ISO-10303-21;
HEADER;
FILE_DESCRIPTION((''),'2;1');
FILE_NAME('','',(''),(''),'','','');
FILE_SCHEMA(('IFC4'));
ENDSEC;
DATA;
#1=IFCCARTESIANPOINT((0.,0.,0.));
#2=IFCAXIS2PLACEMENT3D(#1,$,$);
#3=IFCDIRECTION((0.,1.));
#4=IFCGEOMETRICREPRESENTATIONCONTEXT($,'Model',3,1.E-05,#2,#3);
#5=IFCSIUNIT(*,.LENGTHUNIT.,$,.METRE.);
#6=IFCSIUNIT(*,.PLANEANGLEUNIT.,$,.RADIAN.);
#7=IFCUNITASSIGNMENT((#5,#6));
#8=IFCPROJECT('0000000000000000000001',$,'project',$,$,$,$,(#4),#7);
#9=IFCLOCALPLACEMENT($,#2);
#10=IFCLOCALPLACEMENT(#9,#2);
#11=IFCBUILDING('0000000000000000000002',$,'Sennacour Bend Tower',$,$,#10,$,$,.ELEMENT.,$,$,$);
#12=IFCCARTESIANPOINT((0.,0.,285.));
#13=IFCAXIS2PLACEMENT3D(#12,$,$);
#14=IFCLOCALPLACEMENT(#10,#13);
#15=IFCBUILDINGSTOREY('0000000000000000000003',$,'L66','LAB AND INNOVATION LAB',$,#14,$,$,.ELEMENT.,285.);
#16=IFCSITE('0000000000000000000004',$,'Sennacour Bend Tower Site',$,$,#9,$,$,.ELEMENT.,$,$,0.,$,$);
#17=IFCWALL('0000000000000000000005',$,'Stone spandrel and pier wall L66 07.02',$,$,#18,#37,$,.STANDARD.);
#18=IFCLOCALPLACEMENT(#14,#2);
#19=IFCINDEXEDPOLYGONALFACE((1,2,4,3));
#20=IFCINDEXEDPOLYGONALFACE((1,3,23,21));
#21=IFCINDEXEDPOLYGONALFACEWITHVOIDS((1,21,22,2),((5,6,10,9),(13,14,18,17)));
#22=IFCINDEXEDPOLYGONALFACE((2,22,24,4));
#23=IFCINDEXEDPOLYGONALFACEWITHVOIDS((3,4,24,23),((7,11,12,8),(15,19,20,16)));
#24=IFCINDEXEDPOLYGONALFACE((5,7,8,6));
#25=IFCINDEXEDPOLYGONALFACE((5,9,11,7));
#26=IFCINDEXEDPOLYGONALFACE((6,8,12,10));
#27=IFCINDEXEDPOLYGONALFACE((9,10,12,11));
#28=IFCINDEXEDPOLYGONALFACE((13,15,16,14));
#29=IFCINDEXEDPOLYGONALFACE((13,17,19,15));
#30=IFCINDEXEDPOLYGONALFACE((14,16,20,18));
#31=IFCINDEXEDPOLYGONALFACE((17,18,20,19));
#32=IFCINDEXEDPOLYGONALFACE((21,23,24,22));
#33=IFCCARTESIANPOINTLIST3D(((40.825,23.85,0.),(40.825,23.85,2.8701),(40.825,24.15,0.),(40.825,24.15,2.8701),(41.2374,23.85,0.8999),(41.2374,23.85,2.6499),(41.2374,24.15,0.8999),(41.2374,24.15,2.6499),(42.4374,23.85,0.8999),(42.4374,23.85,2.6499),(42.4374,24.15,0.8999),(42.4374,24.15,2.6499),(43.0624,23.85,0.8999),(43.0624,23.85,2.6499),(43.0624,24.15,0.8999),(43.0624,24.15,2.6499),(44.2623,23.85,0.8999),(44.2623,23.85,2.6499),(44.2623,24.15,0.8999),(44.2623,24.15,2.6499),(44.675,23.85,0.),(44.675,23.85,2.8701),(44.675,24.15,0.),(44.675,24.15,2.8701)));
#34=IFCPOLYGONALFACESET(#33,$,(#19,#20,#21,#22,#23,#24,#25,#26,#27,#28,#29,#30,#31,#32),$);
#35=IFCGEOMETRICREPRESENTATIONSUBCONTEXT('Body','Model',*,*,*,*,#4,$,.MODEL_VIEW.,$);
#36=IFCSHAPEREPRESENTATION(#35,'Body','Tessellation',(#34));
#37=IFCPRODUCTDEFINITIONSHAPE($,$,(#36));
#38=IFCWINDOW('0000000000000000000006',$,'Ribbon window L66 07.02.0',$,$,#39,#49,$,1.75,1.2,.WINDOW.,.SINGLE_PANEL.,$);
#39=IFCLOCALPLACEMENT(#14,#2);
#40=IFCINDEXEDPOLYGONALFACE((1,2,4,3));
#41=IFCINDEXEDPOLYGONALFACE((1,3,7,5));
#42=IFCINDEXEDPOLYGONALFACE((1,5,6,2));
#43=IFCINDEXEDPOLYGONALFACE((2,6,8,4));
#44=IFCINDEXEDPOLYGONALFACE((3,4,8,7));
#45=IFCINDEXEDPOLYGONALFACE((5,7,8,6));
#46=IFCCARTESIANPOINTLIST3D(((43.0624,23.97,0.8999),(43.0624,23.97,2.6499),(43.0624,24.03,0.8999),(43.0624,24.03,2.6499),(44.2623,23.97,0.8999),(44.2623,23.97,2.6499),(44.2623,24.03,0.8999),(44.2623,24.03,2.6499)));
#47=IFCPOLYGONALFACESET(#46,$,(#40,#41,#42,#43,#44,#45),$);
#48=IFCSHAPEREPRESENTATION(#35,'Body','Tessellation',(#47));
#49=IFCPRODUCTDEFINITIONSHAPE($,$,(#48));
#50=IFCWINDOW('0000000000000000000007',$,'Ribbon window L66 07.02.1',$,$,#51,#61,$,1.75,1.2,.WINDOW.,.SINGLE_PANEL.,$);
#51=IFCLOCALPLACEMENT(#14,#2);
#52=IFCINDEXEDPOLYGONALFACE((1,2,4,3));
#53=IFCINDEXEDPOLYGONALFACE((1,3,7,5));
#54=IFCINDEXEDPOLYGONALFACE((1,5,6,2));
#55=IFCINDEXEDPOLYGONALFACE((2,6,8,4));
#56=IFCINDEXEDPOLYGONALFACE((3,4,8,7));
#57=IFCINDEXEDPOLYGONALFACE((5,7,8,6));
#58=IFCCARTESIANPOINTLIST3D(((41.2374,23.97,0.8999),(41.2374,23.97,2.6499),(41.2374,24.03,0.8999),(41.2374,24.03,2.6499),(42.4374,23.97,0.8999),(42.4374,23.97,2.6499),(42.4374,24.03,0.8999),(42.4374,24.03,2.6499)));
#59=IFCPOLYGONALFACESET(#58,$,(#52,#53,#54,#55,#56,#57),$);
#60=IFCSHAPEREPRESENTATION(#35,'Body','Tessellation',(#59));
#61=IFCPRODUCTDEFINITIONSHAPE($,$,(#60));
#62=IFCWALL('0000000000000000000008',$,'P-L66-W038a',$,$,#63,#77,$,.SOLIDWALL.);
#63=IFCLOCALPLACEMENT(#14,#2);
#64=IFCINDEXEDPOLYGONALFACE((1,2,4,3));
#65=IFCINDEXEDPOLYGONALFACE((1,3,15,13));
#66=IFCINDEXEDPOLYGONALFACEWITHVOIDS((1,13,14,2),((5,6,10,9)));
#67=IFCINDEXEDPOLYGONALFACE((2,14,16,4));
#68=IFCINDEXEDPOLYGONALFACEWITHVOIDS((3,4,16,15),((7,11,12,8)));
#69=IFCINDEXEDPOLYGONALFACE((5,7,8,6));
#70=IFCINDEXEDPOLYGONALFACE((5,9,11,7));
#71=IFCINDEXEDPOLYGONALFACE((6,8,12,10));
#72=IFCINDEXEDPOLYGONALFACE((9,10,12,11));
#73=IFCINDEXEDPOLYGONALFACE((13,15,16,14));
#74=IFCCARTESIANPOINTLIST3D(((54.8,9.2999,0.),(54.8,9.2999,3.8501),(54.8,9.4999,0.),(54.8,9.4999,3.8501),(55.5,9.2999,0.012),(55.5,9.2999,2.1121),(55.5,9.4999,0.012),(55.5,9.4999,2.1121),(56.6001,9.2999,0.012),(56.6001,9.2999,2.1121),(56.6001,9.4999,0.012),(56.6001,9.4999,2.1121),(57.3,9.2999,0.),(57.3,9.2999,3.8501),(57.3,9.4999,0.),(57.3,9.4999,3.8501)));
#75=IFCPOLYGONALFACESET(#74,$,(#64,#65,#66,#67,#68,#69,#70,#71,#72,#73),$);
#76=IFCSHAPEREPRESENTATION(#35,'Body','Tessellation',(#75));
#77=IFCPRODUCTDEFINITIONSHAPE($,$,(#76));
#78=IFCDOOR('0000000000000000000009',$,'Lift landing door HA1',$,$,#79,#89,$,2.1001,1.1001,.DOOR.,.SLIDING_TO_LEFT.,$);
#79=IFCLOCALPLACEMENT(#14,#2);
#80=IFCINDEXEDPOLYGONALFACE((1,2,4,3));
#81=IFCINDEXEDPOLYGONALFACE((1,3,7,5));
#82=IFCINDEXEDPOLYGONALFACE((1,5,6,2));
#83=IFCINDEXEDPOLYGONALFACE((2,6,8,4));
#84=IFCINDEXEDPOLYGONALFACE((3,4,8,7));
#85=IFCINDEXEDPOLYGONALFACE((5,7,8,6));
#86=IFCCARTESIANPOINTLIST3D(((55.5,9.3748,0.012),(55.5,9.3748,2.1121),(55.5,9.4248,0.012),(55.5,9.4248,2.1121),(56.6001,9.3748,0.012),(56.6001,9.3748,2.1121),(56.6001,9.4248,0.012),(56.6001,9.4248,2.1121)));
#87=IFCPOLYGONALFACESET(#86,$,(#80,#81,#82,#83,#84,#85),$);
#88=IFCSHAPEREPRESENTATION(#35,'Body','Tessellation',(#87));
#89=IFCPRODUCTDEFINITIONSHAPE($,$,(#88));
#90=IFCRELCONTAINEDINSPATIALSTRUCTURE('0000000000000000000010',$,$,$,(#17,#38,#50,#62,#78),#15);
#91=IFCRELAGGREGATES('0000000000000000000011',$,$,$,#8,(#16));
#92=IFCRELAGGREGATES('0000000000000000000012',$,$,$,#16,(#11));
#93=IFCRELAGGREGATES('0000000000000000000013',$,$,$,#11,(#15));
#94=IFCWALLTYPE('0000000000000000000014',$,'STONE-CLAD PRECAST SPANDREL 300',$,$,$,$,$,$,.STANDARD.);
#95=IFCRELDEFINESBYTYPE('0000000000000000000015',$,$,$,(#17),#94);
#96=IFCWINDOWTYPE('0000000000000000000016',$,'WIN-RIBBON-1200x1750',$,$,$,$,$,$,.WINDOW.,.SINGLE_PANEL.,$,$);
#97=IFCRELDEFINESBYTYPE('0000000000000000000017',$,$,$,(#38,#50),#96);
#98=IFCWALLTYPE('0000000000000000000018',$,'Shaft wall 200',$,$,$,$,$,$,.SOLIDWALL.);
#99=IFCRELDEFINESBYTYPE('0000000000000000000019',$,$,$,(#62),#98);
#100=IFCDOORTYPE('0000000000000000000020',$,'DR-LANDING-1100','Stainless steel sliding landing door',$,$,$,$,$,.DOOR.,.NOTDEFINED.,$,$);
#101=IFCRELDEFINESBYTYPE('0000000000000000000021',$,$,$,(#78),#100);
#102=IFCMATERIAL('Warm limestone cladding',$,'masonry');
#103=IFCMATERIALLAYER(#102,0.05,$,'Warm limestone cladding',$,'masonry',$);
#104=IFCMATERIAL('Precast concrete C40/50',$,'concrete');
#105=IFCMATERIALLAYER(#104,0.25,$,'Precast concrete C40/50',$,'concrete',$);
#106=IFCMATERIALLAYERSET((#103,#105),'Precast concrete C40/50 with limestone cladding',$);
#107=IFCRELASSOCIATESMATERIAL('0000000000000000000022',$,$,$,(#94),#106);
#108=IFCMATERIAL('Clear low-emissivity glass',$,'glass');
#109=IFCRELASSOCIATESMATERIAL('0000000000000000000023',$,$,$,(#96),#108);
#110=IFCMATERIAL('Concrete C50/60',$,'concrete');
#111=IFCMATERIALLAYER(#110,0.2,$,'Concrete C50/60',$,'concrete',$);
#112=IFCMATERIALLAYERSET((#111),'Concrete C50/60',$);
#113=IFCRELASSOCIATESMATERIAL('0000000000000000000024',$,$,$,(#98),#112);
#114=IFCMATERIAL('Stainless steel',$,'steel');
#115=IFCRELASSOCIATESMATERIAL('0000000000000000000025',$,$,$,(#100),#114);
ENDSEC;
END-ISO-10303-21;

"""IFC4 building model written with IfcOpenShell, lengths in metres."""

from ifc_helpers import new_model, si_unit, direction, frame, frame_2d, origin, place, context, subcontext, project, spatial, rectangle, extrude, material, layer, layer_set, type_object, element, fill, save


model = new_model("IFC4")

# Units and contexts
model_context = context("Model", 3, precision=1e-05, world=origin(), true_north=direction((0.0, 1.0)))
body_context = subcontext(model_context, "Body", "Model", "MODEL_VIEW")
ifc_project = project(units=[si_unit("LENGTHUNIT", "METRE"), si_unit("PLANEANGLEUNIT", "RADIAN")], contexts=[model_context])

# Site, building, storey
site_placement = place(None, origin())
site = spatial("IfcSite", under=ifc_project, at=site_placement, Name="Sennacour Bend Tower Site", CompositionType="ELEMENT", RefElevation=0.0)
building_placement = place(site_placement, origin())
building = spatial("IfcBuilding", under=site, at=building_placement, Name="Sennacour Bend Tower", CompositionType="ELEMENT")
storey_placement = place(building_placement, frame((0.0, 0.0, 285.0)))
storey = spatial("IfcBuildingStorey", under=building, at=storey_placement, Name="L66", Description="LAB AND INNOVATION LAB", CompositionType="ELEMENT", Elevation=285.0)

# Shared definitions
ifc_material_1 = material(Name="Concrete C50/60", Category="concrete")
ifc_material_2 = material(Name="Warm limestone cladding", Category="masonry")
ifc_layer_1 = layer(ifc_material_2, 0.05, Name="Warm limestone cladding", Category="masonry")
ifc_material_3 = material(Name="Precast concrete C40/50", Category="concrete")
ifc_layer_2 = layer(ifc_material_3, 0.25, Name="Precast concrete C40/50", Category="concrete")
ifc_layer_set_1 = layer_set([ifc_layer_1, ifc_layer_2], Name="Precast concrete C40/50 with limestone cladding")
wall_type_1 = type_object("IfcWallType", Name="STONE-CLAD PRECAST SPANDREL 300", PredefinedType="STANDARD", material=ifc_layer_set_1)

# Wall, openings, windows
ifc_material_4 = material(Name="Clear low-emissivity glass", Category="glass")
window_type = type_object("IfcWindowType", Name="WIN-RIBBON-1200x1750", PartitioningType="SINGLE_PANEL", PredefinedType="WINDOW", material=ifc_material_4)
wall_1_placement = place(storey_placement, frame((44.675, 24.0, 0.0), z_axis=(0.0, 0.0, 1.0), x_axis=(-1.0, 0.0, 0.0)))
wall_1 = element("IfcWall", 1, at=wall_1_placement, inside=storey, type_object=wall_type_1, Name="Stone spandrel and pier wall L66 07.02", PredefinedType="STANDARD", context=body_context, shape_type="SweptSolid", body=[
    extrude(rectangle(XDim=3.8501, YDim=0.3, at=frame_2d((1.925, 0.0))), origin(), (0.0, 0.0, 1.0), 2.8701),
])
opening_1_placement = place(wall_1_placement, frame((0.4126, 0.0, 0.8999)))
opening_1 = element("IfcOpeningElement", 2, at=opening_1_placement, cuts=wall_1, PredefinedType="OPENING", context=body_context, shape_type="SweptSolid", body=[
    extrude(rectangle(XDim=1.2, YDim=1.75, at=frame_2d((0.6001, 0.875))), frame((0.0, 0.1602, 0.0), z_axis=(0.0, -1.0, 0.0), x_axis=(1.0, 0.0, 0.0)), (0.0, 0.0, 1.0), 0.3201),
])
opening_2_placement = place(wall_1_placement, frame((2.2375, 0.0, 0.8999)))
opening_2 = element("IfcOpeningElement", 3, at=opening_2_placement, cuts=wall_1, PredefinedType="OPENING", context=body_context, shape_type="SweptSolid", body=[
    extrude(rectangle(XDim=1.2, YDim=1.75, at=frame_2d((0.6001, 0.875))), frame((0.0, 0.1602, 0.0), z_axis=(0.0, -1.0, 0.0), x_axis=(1.0, 0.0, 0.0)), (0.0, 0.0, 1.0), 0.3201),
])
window_1_placement = place(opening_1_placement, origin())
window_1 = element("IfcWindow", 4, at=window_1_placement, inside=storey, type_object=window_type, Name="Ribbon window L66 07.02.0", OverallHeight=1.75, OverallWidth=1.2, PartitioningType="SINGLE_PANEL", PredefinedType="WINDOW", context=body_context, shape_type="SweptSolid", body=[
    extrude(rectangle(XDim=1.2, YDim=1.75, at=frame_2d((0.6001, 0.875))), frame((0.0, 0.03, 0.0), z_axis=(0.0, -1.0, 0.0), x_axis=(1.0, 0.0, 0.0)), (0.0, 0.0, 1.0), 0.0601),
])
fill(opening_1, window_1)
window_2_placement = place(opening_2_placement, origin())
window_2 = element("IfcWindow", 5, at=window_2_placement, inside=storey, type_object=window_type, Name="Ribbon window L66 07.02.1", OverallHeight=1.75, OverallWidth=1.2, PartitioningType="SINGLE_PANEL", PredefinedType="WINDOW", context=body_context, shape_type="SweptSolid", body=[
    extrude(rectangle(XDim=1.2, YDim=1.75, at=frame_2d((0.6001, 0.875))), frame((0.0, 0.03, 0.0), z_axis=(0.0, -1.0, 0.0), x_axis=(1.0, 0.0, 0.0)), (0.0, 0.0, 1.0), 0.0601),
])
fill(opening_2, window_2)

# Wall, opening, door
ifc_layer_3 = layer(ifc_material_1, 0.2, Name="Concrete C50/60", Category="concrete")
ifc_layer_set_2 = layer_set([ifc_layer_3], Name="Concrete C50/60")
wall_type_2 = type_object("IfcWallType", Name="Shaft wall 200", PredefinedType="SOLIDWALL", material=ifc_layer_set_2)
wall_2_placement = place(storey_placement, frame((54.8, 9.3999, 0.0), z_axis=(0.0, 0.0, 1.0), x_axis=(1.0, 0.0, 0.0)))
wall_2 = element("IfcWall", 6, at=wall_2_placement, inside=storey, type_object=wall_type_2, Name="P-L66-W038a", PredefinedType="SOLIDWALL", context=body_context, shape_type="SweptSolid", body=[
    extrude(rectangle(XDim=2.5, YDim=0.2, at=frame_2d((1.25, 0.0))), origin(), (0.0, 0.0, 1.0), 3.8501),
])
opening_3_placement = place(wall_2_placement, frame((0.7, 0.0, 0.012)))
opening_3 = element("IfcOpeningElement", 7, at=opening_3_placement, cuts=wall_2, PredefinedType="OPENING", context=body_context, shape_type="SweptSolid", body=[
    extrude(rectangle(XDim=1.1001, YDim=2.1001, at=frame_2d((0.55, 1.05))), frame((0.0, 0.1099, 0.0), z_axis=(0.0, -1.0, 0.0), x_axis=(1.0, 0.0, 0.0)), (0.0, 0.0, 1.0), 0.22),
])
ifc_material_5 = material(Name="Stainless steel", Category="steel")
door_type = type_object("IfcDoorType", Name="DR-LANDING-1100", Description="Stainless steel sliding landing door", OperationType="NOTDEFINED", PredefinedType="DOOR", material=ifc_material_5)
door_placement = place(opening_3_placement, origin())
door = element("IfcDoor", 8, at=door_placement, inside=storey, type_object=door_type, Name="Lift landing door HA1", OperationType="SLIDING_TO_LEFT", OverallHeight=2.1001, OverallWidth=1.1001, PredefinedType="DOOR", context=body_context, shape_type="SweptSolid", body=[
    extrude(rectangle(XDim=1.1001, YDim=2.1001, at=frame_2d((0.55, 1.05))), frame((0.0, 0.0249, 0.0), z_axis=(0.0, -1.0, 0.0), x_axis=(1.0, 0.0, 0.0)), (0.0, 0.0, 1.0), 0.05),
])
fill(opening_3, door)

save(model, "model.ifc")
